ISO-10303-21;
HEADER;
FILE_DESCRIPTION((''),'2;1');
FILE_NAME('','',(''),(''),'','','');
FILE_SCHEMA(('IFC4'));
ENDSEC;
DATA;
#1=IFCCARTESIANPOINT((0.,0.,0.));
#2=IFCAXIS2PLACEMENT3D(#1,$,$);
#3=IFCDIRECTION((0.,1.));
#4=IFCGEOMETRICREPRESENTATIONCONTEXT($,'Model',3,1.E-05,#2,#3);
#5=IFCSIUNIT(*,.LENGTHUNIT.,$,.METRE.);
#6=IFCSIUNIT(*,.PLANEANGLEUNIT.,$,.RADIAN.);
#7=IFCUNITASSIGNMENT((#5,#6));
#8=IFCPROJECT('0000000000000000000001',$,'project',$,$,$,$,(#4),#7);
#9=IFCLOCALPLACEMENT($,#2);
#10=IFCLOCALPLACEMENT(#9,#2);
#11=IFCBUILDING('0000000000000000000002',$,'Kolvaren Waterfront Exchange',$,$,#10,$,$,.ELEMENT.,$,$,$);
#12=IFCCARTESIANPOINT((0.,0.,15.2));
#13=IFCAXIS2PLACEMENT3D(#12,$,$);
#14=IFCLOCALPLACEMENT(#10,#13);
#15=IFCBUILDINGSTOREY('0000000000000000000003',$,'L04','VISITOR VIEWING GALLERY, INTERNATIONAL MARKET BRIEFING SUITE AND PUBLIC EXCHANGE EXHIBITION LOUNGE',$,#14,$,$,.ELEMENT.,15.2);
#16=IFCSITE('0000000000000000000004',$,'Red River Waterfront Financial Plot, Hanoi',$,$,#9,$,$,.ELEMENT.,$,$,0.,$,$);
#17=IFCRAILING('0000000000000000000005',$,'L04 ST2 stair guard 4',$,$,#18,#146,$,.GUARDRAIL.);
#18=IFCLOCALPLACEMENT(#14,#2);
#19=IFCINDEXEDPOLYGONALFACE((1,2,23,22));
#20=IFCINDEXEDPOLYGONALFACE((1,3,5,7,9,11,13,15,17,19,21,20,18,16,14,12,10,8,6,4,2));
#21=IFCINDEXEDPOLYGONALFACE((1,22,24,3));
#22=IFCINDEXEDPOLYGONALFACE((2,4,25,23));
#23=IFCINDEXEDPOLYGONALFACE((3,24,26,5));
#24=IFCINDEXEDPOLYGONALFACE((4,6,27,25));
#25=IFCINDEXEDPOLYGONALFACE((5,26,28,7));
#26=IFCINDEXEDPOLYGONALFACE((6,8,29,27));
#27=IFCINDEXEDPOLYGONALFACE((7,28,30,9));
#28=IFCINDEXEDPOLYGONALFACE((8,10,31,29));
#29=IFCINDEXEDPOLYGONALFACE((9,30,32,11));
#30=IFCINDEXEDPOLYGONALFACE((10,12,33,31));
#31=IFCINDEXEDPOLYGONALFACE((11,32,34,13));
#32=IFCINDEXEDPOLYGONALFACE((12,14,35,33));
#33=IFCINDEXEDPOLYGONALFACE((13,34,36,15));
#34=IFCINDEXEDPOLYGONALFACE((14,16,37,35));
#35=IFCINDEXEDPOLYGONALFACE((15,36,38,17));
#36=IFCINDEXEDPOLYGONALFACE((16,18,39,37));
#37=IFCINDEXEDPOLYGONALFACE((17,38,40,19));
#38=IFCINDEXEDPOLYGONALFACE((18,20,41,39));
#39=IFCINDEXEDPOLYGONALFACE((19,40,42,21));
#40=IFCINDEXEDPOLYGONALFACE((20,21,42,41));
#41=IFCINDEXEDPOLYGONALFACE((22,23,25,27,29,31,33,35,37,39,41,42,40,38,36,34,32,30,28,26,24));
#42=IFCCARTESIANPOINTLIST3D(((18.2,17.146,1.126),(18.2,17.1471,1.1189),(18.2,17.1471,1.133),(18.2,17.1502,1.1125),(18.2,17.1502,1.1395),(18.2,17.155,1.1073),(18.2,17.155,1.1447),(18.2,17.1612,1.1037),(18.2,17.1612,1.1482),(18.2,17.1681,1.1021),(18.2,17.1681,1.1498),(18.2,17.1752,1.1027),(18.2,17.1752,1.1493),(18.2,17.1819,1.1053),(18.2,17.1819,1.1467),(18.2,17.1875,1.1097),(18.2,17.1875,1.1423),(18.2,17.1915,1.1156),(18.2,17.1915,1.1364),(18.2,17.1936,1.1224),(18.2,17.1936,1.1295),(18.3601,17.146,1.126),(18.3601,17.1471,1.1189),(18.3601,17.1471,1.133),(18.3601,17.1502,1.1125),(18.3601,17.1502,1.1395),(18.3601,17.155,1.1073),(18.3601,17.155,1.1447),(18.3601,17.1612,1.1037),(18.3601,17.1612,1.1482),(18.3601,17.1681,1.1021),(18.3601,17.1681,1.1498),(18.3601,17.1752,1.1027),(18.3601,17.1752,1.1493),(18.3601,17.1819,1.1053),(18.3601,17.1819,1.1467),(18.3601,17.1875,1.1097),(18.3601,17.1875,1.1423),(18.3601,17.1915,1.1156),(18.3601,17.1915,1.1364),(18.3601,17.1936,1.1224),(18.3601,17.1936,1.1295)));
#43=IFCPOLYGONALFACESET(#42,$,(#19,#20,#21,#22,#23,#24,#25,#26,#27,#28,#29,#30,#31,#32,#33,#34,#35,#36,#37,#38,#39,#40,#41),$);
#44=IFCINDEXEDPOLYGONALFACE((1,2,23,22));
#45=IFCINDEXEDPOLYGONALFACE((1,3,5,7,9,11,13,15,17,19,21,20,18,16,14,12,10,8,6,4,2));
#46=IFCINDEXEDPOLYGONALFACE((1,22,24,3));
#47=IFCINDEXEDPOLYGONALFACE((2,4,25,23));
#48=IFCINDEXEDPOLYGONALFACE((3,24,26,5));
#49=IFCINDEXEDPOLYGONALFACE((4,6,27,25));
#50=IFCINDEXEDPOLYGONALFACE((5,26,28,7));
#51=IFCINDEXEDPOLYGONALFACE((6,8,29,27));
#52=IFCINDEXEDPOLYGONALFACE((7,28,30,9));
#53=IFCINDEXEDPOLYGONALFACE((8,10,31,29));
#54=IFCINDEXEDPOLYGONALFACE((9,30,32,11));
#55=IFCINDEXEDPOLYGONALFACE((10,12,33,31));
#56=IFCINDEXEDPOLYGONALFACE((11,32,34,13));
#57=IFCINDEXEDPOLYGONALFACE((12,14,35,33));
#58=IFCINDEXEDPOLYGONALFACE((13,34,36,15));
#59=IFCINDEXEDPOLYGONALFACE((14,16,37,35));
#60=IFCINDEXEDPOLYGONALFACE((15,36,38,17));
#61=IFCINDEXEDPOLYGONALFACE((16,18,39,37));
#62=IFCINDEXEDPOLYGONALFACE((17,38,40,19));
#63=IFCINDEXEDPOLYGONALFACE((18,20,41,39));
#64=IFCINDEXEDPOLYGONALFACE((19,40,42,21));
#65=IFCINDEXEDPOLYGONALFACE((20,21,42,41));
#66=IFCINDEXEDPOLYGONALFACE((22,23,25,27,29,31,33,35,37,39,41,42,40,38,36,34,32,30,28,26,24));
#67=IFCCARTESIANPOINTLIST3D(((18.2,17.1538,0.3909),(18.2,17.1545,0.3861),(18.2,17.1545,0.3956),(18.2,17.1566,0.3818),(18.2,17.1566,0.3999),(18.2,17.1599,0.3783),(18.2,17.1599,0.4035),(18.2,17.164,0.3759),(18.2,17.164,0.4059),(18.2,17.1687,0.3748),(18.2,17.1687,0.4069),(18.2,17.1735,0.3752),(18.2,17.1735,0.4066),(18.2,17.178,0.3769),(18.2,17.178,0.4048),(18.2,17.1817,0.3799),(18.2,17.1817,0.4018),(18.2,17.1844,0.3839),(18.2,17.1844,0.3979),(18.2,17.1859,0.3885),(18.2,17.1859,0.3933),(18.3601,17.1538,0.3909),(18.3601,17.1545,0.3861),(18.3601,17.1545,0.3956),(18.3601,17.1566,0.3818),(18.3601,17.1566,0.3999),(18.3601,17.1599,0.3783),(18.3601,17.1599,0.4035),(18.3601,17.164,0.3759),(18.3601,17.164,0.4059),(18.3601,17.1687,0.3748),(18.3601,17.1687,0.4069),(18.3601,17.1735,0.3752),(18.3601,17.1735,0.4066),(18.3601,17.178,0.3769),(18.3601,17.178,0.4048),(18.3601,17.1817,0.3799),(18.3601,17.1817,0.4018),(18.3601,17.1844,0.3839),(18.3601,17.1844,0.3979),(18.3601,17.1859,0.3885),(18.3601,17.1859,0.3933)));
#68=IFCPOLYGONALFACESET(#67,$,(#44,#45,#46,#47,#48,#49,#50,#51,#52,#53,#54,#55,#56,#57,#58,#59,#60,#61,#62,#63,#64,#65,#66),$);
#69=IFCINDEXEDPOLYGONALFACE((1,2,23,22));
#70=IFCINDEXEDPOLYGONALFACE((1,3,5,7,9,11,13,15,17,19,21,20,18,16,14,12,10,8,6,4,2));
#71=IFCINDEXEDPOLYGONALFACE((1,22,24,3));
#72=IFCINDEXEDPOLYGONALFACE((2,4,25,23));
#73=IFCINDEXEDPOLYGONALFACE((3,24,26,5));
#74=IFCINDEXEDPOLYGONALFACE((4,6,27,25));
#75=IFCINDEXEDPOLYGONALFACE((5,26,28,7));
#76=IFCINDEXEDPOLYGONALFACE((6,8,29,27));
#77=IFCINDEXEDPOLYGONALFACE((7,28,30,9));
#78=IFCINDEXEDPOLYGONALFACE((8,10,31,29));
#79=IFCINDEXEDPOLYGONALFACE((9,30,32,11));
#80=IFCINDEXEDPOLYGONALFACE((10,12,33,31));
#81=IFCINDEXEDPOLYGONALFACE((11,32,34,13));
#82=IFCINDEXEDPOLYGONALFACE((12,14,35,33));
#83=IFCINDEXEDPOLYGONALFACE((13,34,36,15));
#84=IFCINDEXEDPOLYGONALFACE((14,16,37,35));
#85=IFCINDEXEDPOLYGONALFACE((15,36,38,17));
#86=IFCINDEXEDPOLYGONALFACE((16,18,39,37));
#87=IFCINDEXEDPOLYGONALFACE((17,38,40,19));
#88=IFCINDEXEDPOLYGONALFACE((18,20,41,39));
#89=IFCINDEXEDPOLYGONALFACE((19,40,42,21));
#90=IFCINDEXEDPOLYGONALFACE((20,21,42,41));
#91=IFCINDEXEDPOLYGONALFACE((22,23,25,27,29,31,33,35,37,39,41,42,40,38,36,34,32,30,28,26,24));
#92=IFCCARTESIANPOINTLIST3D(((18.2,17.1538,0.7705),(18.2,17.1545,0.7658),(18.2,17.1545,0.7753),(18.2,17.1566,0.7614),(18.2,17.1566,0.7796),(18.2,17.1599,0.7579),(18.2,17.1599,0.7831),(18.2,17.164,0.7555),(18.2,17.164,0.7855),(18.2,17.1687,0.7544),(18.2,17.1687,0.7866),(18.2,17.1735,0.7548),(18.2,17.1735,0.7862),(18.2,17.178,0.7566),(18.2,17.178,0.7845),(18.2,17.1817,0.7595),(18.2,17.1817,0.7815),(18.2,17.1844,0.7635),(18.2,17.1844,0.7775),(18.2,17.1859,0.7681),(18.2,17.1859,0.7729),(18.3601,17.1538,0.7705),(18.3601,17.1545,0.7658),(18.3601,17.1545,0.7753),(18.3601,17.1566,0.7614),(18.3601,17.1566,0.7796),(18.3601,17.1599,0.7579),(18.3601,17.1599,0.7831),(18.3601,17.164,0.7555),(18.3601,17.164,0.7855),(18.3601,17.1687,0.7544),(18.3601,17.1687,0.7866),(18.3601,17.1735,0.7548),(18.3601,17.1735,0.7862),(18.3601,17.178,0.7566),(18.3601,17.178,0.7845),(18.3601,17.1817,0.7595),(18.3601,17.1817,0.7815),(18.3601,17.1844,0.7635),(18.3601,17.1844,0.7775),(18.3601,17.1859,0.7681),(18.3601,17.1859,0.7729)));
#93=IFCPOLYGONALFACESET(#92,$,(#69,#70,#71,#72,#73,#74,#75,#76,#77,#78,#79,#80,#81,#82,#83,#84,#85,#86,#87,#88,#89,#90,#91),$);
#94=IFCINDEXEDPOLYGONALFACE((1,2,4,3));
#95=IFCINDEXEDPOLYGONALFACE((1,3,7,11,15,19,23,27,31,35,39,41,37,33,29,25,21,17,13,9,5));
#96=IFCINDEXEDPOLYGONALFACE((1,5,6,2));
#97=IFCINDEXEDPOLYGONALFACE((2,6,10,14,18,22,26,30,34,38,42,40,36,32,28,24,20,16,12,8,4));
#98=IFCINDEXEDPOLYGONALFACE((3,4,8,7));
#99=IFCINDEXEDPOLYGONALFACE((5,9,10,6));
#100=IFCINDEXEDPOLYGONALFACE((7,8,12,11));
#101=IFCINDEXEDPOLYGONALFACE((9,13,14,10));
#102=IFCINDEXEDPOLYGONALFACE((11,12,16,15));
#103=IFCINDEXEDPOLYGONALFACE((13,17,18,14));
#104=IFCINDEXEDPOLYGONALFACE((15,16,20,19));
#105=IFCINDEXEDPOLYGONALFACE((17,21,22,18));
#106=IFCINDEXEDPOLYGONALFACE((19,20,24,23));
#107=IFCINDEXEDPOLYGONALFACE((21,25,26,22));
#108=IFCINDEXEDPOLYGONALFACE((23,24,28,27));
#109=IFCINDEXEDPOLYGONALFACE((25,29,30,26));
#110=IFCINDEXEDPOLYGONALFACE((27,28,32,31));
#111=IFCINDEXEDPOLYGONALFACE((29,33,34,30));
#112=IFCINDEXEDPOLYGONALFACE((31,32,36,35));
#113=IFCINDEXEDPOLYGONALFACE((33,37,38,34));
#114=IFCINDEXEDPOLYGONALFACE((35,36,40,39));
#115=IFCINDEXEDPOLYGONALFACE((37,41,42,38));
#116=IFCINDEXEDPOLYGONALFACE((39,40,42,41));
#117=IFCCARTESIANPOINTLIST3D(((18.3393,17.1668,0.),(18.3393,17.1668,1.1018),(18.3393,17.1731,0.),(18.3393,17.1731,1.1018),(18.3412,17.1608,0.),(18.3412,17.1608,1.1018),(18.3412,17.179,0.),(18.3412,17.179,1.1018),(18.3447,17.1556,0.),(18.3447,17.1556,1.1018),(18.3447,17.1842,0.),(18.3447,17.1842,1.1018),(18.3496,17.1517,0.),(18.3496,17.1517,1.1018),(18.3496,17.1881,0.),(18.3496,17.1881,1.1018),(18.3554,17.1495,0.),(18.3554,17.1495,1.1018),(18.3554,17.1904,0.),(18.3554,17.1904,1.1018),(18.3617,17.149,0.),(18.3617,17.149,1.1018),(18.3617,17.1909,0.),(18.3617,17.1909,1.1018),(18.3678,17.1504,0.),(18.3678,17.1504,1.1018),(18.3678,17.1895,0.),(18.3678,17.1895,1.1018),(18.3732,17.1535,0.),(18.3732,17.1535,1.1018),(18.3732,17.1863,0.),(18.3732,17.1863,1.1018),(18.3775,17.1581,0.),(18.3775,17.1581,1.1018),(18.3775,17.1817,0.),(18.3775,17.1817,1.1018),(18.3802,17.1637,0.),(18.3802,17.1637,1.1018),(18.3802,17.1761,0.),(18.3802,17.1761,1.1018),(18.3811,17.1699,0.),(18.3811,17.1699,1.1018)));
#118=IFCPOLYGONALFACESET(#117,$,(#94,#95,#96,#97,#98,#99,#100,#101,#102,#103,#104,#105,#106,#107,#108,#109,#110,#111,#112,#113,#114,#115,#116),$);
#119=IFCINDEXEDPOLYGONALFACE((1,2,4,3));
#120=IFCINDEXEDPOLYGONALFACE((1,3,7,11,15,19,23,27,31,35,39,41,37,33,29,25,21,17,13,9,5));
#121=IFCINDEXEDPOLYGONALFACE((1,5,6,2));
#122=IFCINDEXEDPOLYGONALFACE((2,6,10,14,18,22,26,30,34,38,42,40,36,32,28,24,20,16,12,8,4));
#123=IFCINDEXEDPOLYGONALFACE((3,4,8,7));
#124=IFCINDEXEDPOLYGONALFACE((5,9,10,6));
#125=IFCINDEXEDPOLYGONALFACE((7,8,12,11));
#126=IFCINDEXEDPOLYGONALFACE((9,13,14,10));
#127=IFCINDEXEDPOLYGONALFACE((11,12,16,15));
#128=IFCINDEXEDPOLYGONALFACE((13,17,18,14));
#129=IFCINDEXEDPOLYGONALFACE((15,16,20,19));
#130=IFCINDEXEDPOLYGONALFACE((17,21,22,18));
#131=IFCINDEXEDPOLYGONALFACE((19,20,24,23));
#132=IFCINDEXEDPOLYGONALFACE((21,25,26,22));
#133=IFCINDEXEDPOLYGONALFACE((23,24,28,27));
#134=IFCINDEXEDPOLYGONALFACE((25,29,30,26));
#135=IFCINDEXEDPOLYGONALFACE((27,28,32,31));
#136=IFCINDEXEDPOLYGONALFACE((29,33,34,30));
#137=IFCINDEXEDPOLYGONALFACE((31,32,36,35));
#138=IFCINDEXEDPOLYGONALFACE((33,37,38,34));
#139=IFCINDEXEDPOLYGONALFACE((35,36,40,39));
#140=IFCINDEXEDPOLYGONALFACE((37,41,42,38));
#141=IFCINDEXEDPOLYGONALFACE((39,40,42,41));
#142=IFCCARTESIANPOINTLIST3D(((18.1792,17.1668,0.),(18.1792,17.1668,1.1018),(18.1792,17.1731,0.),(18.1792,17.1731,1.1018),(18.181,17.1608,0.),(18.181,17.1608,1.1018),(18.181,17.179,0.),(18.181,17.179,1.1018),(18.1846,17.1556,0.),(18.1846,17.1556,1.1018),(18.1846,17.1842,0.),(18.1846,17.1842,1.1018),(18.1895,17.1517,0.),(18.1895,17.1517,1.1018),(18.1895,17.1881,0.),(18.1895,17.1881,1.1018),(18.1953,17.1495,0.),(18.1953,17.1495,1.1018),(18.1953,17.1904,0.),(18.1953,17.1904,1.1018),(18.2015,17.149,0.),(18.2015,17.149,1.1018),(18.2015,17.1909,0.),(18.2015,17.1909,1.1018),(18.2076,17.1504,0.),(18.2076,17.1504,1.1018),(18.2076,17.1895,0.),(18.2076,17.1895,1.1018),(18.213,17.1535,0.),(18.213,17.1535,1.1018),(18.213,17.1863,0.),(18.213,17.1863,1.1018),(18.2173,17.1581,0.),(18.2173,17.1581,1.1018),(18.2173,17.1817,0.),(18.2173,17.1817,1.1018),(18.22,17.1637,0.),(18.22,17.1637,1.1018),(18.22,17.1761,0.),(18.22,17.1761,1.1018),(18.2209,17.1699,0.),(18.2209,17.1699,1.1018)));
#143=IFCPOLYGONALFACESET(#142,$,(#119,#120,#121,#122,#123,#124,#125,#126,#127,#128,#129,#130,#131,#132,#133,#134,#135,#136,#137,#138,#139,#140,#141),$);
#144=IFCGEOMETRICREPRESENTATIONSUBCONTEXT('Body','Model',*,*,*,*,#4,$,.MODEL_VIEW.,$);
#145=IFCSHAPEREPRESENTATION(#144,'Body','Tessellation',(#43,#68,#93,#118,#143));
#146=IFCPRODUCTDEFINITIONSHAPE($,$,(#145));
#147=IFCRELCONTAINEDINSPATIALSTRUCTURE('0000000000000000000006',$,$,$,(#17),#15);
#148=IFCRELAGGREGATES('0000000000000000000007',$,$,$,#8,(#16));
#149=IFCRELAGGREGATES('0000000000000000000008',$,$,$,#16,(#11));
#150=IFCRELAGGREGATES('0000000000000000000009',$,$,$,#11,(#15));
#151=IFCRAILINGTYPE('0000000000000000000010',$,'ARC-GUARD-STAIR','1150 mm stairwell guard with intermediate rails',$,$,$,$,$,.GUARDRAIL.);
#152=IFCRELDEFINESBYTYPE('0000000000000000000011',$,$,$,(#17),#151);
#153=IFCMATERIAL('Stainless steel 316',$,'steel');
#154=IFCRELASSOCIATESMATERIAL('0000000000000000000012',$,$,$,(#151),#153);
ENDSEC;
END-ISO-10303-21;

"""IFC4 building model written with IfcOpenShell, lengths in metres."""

from ifc_helpers import new_model, si_unit, direction, frame, origin, origin_2d, place, context, subcontext, project, spatial, circle, extrude, material, type_object, element, save


model = new_model("IFC4")

# Units and contexts
model_context = context("Model", 3, precision=1e-05, world=origin(), true_north=direction((0.0, 1.0)))
body_context = subcontext(model_context, "Body", "Model", "MODEL_VIEW")
ifc_project = project(units=[si_unit("LENGTHUNIT", "METRE"), si_unit("PLANEANGLEUNIT", "RADIAN")], contexts=[model_context])

# Site, building, storey
site_placement = place(None, origin())
site = spatial("IfcSite", under=ifc_project, at=site_placement, Name="Red River Waterfront Financial Plot, Hanoi", CompositionType="ELEMENT", RefElevation=0.0)
building_placement = place(site_placement, origin())
building = spatial("IfcBuilding", under=site, at=building_placement, Name="Kolvaren Waterfront Exchange", CompositionType="ELEMENT")
storey_placement = place(building_placement, frame((0.0, 0.0, 15.2)))
storey = spatial("IfcBuildingStorey", under=building, at=storey_placement, Name="L04", Description="VISITOR VIEWING GALLERY, INTERNATIONAL MARKET BRIEFING SUITE AND PUBLIC EXCHANGE EXHIBITION LOUNGE", CompositionType="ELEMENT", Elevation=15.2)

# Railing
ifc_material_1 = material(Name="Stainless steel 316", Category="steel")
railing_type_1 = type_object("IfcRailingType", Name="ARC-GUARD-STAIR", Description="1150 mm stairwell guard with intermediate rails", PredefinedType="GUARDRAIL", material=ifc_material_1)
railing_1_placement = place(storey_placement, frame((18.3601, 17.1699, 0.0)))
element("IfcRailing", 1, at=railing_1_placement, inside=storey, type_object=railing_type_1, Name="L04 ST2 stair guard 4", PredefinedType="GUARDRAIL", context=body_context, shape_type="SweptSolid", body=[
    extrude(circle(Radius=0.0239, at=origin_2d()), frame((0.0, 0.0, 1.126), z_axis=(-1.0, 0.0, 0.0), x_axis=(0.0, -1.0, 0.0)), (0.0, 0.0, 1.0), 0.1602),
    extrude(circle(Radius=0.0161, at=origin_2d()), frame((0.0, 0.0, 0.3909), z_axis=(-1.0, 0.0, 0.0), x_axis=(0.0, -1.0, 0.0)), (0.0, 0.0, 1.0), 0.1602),
    extrude(circle(Radius=0.0161, at=origin_2d()), frame((0.0, 0.0, 0.7705), z_axis=(-1.0, 0.0, 0.0), x_axis=(0.0, -1.0, 0.0)), (0.0, 0.0, 1.0), 0.1602),
    extrude(circle(Radius=0.021, at=origin_2d()), origin(), (0.0, 0.0, 1.0), 1.1018),
    extrude(circle(Radius=0.021, at=origin_2d()), frame((-0.1602, 0.0, 0.0)), (0.0, 0.0, 1.0), 1.1018),
])

save(model, "model.ifc")
